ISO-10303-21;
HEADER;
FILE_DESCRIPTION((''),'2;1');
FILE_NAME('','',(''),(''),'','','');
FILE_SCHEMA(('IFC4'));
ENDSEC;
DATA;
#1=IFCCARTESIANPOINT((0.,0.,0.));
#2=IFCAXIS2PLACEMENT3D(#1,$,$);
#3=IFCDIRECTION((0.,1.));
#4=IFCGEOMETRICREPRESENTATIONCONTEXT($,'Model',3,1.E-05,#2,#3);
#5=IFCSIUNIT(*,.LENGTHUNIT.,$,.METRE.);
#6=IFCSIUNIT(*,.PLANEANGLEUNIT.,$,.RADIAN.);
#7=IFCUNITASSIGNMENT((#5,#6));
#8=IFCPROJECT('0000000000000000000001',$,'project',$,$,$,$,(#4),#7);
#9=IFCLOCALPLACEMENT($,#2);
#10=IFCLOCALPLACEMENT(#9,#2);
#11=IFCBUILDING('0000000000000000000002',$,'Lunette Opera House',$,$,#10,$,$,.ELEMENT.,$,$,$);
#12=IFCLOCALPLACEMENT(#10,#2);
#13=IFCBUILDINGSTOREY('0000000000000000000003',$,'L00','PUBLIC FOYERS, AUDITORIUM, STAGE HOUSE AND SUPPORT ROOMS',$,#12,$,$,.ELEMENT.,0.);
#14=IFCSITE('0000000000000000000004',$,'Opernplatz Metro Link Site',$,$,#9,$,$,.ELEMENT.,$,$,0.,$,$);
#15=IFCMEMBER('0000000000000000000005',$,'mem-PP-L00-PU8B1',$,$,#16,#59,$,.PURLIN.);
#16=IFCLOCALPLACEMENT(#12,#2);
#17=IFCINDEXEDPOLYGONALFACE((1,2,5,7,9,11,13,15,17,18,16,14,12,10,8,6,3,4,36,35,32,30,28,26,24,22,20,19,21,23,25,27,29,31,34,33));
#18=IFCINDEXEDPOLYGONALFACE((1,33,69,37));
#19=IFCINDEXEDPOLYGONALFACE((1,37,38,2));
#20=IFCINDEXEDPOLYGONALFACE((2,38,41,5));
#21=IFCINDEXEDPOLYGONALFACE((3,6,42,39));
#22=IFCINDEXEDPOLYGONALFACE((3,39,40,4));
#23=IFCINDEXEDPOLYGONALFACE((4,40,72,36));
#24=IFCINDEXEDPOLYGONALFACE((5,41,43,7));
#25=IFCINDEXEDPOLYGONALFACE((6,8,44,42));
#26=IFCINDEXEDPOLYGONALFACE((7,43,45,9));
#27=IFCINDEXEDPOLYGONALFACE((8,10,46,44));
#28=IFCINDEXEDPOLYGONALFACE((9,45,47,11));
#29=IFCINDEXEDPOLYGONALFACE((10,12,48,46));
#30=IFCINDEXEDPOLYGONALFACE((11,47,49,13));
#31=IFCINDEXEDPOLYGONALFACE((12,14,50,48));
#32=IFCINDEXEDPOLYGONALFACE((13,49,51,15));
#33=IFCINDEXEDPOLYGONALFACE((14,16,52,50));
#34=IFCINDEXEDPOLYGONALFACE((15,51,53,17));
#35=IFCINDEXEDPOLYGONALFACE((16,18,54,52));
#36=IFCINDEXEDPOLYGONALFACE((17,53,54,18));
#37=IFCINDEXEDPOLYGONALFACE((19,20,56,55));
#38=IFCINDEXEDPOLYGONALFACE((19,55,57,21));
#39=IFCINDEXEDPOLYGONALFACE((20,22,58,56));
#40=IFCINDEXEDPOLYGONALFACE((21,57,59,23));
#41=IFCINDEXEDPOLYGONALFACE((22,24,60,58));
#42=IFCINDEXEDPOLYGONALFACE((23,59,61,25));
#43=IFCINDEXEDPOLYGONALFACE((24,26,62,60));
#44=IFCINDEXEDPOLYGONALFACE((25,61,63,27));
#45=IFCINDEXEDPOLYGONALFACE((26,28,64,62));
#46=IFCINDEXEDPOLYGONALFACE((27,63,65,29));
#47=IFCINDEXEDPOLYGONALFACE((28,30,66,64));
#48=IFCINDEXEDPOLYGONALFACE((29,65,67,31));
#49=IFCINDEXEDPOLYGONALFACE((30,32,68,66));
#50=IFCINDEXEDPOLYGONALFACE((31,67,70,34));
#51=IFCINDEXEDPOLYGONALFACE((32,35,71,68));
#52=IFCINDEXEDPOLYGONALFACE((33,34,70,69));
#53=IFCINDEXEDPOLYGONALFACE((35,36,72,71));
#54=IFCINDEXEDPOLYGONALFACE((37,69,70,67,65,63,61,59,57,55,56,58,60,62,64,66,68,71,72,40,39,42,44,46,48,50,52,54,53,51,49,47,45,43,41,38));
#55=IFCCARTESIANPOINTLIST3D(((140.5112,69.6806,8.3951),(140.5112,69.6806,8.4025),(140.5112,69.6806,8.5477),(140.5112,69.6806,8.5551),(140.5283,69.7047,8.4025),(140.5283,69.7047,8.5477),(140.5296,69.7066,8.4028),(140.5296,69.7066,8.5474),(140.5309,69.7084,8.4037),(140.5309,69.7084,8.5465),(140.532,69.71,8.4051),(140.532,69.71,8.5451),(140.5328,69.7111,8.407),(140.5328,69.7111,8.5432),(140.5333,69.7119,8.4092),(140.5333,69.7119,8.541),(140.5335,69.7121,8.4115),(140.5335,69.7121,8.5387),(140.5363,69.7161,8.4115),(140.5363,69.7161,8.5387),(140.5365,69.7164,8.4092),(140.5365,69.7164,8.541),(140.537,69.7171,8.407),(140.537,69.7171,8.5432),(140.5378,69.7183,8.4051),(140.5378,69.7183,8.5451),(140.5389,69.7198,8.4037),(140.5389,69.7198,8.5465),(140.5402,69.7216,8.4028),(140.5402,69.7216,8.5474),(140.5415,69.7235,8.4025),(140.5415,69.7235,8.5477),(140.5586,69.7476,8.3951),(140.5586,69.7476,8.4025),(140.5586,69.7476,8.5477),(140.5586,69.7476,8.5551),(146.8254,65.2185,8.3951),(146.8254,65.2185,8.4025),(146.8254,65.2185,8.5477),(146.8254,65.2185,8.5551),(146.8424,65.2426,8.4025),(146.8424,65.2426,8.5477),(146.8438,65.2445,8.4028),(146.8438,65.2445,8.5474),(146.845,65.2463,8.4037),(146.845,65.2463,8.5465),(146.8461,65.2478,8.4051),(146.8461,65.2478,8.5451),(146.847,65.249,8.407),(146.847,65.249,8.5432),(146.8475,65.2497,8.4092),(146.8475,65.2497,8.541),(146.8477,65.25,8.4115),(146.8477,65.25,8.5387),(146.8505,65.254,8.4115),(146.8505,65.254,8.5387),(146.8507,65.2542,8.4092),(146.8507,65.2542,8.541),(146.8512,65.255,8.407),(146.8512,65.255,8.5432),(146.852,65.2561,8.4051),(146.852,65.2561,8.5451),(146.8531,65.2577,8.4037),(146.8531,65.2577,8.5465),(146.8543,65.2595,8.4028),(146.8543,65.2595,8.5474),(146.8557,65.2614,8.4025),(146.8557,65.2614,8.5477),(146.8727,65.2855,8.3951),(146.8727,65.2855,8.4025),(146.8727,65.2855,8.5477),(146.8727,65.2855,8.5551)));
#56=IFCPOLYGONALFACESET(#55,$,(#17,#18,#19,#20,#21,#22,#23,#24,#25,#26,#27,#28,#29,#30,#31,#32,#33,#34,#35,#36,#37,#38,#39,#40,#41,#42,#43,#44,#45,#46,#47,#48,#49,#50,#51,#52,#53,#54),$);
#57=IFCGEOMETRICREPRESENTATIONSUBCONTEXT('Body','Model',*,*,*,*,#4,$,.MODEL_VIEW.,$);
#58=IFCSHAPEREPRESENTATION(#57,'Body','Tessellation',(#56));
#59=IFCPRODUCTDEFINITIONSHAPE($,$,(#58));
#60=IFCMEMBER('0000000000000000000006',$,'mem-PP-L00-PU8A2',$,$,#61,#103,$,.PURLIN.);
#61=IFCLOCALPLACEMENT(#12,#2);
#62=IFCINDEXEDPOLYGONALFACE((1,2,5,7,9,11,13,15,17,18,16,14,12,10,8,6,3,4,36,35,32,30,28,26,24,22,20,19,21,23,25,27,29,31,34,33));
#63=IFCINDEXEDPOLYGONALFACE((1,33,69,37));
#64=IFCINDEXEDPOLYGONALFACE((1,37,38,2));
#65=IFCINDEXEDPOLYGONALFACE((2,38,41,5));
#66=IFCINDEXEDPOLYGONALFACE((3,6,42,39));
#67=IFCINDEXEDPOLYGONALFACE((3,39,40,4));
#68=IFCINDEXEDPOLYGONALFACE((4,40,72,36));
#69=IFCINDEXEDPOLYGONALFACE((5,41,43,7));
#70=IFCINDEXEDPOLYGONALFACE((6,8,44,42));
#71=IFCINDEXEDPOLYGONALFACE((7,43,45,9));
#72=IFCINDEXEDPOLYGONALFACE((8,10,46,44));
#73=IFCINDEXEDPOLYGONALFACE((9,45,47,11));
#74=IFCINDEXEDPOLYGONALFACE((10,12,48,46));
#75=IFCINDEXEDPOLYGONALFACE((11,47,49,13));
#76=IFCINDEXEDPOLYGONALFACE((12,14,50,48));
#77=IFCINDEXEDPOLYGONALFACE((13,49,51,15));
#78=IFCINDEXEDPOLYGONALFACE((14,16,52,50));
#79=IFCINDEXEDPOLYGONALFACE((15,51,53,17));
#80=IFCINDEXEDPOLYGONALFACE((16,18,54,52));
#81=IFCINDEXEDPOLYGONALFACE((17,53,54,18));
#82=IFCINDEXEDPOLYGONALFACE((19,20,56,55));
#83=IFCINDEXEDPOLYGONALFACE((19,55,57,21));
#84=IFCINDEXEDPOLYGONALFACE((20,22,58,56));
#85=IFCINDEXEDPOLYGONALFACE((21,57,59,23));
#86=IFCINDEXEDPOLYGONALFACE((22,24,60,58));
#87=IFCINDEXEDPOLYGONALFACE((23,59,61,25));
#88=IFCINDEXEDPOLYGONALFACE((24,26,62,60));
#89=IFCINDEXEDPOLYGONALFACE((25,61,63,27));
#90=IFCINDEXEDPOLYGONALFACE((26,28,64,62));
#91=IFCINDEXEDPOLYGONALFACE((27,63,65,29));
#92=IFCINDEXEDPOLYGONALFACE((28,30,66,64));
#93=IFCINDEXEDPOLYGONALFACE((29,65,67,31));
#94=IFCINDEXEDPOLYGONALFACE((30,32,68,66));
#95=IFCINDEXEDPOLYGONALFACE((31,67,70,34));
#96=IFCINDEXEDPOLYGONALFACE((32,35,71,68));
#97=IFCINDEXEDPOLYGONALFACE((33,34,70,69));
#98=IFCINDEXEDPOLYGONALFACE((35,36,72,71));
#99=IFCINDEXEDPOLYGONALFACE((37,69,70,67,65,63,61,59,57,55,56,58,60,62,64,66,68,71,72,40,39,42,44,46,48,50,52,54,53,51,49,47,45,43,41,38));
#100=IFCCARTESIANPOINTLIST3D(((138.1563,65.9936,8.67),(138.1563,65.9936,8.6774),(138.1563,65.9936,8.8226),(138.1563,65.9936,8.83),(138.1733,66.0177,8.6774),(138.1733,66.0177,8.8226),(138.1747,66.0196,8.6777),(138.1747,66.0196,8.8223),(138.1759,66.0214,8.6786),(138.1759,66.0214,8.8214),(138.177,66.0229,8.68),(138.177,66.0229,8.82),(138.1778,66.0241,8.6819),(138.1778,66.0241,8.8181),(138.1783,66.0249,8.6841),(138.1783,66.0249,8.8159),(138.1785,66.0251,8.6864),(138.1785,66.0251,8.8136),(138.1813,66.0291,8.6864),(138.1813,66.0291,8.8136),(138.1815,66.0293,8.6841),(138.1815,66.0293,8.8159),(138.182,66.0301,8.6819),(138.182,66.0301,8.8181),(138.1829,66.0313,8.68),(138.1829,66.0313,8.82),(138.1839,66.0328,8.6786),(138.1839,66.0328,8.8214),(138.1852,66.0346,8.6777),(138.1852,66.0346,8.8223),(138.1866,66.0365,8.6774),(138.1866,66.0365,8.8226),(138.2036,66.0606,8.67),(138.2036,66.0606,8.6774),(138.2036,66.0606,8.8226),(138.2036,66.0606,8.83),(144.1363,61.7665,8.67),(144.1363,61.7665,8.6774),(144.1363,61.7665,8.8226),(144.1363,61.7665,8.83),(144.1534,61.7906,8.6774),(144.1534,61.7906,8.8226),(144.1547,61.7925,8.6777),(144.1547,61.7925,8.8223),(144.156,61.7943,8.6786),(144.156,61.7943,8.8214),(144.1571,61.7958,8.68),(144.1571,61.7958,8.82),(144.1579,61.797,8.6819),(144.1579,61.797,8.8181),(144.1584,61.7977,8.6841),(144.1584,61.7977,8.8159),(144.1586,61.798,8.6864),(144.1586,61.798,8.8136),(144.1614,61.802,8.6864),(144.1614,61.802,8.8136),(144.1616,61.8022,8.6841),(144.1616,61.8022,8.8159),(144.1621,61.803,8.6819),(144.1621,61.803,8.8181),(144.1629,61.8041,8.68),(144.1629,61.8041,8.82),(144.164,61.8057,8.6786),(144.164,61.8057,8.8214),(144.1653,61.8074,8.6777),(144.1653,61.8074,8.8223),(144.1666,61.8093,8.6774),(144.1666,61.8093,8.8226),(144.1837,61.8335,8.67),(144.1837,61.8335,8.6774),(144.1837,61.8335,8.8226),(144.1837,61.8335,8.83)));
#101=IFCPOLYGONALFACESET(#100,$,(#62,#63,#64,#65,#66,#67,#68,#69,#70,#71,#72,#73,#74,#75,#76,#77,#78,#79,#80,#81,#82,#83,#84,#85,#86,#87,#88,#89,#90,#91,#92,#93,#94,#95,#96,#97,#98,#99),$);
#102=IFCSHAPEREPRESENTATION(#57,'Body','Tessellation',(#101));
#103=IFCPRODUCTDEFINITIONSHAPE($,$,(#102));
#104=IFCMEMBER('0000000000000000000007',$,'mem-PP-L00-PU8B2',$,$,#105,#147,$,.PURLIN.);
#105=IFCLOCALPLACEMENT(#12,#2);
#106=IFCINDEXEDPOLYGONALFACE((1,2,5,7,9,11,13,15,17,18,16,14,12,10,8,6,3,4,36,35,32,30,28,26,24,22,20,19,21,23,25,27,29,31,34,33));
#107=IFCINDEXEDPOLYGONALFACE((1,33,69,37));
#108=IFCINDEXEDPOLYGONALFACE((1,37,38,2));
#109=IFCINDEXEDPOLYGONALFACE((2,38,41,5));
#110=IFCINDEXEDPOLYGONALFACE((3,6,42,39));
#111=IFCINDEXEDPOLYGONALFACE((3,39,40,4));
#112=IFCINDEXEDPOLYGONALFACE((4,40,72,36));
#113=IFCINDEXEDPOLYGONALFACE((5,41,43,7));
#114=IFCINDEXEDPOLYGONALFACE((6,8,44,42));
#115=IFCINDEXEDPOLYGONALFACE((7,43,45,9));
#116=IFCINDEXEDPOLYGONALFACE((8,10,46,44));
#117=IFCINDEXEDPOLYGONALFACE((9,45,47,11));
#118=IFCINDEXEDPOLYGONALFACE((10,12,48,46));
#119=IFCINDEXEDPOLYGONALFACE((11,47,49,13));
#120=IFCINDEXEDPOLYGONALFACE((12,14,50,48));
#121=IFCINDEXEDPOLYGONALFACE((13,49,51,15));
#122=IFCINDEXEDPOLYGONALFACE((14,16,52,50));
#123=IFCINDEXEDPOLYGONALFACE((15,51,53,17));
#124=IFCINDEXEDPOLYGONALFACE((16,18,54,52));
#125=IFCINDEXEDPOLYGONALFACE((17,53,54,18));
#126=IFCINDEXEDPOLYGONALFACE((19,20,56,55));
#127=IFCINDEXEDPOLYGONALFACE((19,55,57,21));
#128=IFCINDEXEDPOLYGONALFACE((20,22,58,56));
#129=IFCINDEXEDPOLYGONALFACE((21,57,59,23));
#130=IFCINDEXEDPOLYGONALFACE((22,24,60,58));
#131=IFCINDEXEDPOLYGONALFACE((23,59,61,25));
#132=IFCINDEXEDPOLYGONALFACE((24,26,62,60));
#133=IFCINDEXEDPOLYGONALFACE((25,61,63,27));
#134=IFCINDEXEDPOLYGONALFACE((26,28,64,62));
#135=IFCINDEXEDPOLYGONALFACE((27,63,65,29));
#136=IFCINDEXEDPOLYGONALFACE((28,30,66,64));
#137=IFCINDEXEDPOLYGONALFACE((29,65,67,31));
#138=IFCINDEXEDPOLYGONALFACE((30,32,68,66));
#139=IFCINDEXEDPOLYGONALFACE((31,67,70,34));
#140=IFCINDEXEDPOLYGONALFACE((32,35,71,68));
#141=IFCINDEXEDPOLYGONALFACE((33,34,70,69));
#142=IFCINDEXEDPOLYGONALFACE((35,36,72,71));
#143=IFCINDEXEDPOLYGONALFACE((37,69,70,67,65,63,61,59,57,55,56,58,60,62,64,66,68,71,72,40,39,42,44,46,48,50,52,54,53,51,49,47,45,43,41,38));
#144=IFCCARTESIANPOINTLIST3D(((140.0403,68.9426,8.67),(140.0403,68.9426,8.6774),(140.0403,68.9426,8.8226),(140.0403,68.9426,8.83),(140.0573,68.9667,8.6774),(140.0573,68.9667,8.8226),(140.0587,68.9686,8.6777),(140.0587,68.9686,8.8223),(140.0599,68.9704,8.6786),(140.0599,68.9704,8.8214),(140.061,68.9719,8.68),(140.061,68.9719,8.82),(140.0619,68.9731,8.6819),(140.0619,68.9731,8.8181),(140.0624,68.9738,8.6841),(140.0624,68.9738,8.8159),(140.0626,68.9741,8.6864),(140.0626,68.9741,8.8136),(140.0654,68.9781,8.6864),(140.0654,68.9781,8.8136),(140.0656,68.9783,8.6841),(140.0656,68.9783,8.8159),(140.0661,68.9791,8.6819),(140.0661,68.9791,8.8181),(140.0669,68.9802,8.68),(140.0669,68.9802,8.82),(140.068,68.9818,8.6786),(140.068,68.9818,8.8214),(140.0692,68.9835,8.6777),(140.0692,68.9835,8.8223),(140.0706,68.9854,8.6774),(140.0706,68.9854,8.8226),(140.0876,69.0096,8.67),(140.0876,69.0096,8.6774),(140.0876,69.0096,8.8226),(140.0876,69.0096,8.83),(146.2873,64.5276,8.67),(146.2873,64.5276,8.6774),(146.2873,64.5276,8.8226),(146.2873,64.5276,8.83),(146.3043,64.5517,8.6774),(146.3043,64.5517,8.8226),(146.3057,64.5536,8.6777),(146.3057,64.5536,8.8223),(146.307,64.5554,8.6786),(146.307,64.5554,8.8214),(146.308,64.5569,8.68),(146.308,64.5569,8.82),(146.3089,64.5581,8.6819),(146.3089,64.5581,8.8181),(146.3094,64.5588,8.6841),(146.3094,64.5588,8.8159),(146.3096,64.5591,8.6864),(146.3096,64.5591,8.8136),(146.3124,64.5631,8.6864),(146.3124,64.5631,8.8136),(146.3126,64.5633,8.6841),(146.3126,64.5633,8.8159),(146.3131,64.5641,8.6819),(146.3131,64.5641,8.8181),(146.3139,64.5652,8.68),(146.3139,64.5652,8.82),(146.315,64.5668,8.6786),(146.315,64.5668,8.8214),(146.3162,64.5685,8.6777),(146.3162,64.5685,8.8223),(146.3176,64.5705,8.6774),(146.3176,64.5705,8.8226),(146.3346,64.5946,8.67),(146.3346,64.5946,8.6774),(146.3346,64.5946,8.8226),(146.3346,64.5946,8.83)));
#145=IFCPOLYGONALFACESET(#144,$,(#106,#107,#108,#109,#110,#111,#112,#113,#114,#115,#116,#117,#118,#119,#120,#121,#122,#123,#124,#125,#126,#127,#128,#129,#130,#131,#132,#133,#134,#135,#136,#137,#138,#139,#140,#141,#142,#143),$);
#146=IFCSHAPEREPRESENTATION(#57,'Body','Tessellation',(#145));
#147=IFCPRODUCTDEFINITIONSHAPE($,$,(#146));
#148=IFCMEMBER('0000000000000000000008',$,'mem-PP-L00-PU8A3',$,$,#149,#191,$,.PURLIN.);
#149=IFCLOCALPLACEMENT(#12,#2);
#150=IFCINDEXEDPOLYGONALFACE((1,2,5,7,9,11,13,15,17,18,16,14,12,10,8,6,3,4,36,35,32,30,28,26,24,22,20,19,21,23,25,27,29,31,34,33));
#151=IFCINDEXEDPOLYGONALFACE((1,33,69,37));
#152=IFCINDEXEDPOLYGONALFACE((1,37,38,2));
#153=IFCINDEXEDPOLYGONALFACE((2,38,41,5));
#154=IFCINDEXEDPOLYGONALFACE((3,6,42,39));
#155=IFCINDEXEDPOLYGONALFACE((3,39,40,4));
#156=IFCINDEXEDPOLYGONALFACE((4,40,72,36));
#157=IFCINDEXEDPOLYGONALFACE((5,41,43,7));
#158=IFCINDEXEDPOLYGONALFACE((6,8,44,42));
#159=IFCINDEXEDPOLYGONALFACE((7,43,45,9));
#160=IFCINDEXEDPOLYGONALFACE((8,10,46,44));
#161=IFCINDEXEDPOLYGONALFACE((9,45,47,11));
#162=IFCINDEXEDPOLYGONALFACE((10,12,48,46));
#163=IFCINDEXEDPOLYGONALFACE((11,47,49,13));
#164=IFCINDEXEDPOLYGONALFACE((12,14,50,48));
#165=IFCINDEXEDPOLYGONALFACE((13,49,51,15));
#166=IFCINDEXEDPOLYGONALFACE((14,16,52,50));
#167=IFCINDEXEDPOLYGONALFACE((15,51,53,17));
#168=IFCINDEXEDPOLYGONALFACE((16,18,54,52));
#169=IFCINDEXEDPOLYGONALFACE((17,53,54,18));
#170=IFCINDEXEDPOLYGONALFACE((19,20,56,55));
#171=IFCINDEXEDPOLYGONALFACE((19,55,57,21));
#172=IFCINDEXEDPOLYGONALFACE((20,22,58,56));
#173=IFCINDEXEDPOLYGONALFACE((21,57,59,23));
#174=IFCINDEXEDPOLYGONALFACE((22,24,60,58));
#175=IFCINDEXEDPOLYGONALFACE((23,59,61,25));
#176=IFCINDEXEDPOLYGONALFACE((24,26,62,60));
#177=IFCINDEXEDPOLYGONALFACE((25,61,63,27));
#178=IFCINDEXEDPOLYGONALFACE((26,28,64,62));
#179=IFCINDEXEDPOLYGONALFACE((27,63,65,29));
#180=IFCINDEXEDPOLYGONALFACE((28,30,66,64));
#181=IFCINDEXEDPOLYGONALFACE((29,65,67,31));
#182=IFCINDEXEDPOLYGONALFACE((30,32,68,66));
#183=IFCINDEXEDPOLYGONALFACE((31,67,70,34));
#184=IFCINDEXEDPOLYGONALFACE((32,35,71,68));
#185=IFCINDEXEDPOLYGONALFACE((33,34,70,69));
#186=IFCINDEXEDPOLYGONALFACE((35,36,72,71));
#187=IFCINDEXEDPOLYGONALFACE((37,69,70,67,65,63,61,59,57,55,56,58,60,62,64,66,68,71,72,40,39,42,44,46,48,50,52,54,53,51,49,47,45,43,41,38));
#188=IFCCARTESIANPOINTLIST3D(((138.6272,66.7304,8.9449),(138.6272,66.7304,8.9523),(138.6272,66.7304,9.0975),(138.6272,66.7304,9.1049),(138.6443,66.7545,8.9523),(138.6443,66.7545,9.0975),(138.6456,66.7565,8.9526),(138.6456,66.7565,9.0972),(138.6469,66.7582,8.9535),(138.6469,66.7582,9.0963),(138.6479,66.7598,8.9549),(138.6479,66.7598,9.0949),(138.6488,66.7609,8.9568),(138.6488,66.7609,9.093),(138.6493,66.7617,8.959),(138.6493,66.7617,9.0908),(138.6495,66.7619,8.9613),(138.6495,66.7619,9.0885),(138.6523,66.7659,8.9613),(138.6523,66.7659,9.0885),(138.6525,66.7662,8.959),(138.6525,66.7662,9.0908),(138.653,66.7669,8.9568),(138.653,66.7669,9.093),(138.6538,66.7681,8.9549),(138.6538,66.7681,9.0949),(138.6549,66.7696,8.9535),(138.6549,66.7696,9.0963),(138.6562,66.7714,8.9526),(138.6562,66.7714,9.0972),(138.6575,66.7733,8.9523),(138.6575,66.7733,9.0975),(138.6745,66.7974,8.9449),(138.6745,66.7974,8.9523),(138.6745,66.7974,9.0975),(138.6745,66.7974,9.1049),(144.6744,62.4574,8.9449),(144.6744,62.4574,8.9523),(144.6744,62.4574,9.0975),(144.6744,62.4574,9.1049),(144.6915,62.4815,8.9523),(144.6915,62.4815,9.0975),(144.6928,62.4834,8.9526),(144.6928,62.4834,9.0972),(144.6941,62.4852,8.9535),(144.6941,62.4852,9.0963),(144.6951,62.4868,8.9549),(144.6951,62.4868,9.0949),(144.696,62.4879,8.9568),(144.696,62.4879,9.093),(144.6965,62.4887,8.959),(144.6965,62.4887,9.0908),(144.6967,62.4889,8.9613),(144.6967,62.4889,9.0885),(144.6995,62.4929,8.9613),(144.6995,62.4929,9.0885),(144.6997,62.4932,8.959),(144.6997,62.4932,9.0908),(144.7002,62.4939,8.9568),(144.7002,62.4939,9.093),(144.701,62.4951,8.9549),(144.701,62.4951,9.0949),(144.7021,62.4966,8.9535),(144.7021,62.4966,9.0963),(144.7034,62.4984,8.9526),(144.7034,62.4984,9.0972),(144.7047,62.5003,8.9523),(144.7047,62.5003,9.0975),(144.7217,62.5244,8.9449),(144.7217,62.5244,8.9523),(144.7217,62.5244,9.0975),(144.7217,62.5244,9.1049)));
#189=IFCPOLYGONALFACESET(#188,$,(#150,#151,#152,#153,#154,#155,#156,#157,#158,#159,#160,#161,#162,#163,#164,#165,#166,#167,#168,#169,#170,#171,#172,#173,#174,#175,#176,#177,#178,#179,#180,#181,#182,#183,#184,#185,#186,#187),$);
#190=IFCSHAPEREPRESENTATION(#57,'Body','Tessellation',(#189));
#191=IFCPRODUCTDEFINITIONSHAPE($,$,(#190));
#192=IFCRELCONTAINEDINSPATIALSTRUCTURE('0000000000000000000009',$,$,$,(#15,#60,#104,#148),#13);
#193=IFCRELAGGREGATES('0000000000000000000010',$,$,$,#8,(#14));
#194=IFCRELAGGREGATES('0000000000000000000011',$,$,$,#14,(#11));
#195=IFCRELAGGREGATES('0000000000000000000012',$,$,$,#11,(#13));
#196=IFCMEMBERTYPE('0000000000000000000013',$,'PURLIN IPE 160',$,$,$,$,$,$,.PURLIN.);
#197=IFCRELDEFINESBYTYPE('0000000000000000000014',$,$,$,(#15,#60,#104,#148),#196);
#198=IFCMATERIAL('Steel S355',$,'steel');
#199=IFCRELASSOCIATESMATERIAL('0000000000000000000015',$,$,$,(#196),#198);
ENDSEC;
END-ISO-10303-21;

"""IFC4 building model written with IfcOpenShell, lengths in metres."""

from ifc_helpers import new_model, si_unit, direction, frame, origin, origin_2d, place, context, subcontext, project, spatial, i_section, extrude, material, material_profile, profile_set, type_object, element, save


model = new_model("IFC4")

# Units and contexts
model_context = context("Model", 3, precision=1e-05, world=origin(), true_north=direction((0.0, 1.0)))
body_context = subcontext(model_context, "Body", "Model", "MODEL_VIEW")
ifc_project = project(units=[si_unit("LENGTHUNIT", "METRE"), si_unit("PLANEANGLEUNIT", "RADIAN")], contexts=[model_context])

# Site, building, storey
site_placement = place(None, origin())
site = spatial("IfcSite", under=ifc_project, at=site_placement, Name="Opernplatz Metro Link Site", CompositionType="ELEMENT", RefElevation=0.0)
building_placement = place(site_placement, origin())
building = spatial("IfcBuilding", under=site, at=building_placement, Name="Lunette Opera House", CompositionType="ELEMENT")
storey_placement = place(building_placement, origin())
storey = spatial("IfcBuildingStorey", under=building, at=storey_placement, Name="L00", Description="PUBLIC FOYERS, AUDITORIUM, STAGE HOUSE AND SUPPORT ROOMS", CompositionType="ELEMENT", Elevation=0.0)

# Members
ifc_material_1 = material(Name="Steel S355", Category="steel")
ifc_material_profile_1 = material_profile(ifc_material_1, i_section(OverallWidth=0.082, OverallDepth=0.1599, WebThickness=0.0049, FlangeThickness=0.0073, FilletRadius=0.009, at=origin_2d()), Name="IPE 160")
ifc_profile_set_1 = profile_set([ifc_material_profile_1], Name="Steel S355")
member_type_1 = type_object("IfcMemberType", Name="PURLIN IPE 160", PredefinedType="PURLIN", material=ifc_profile_set_1)
member_1_placement = place(storey_placement, frame((140.5349, 69.7141, 8.4751), z_axis=(0.816659, -0.577121, 0.0), x_axis=(0.577121, 0.816659, 0.0)))
element("IfcMember", 1, at=member_1_placement, inside=storey, type_object=member_type_1, Name="mem-PP-L00-PU8B1", PredefinedType="PURLIN", context=body_context, shape_type="SweptSolid", body=[
    extrude(i_section(OverallWidth=0.082, OverallDepth=0.1599, WebThickness=0.0049, FlangeThickness=0.0073, FilletRadius=0.009, at=origin_2d()), origin(), (0.0, 0.0, 1.0), 7.7317),
])
member_2_placement = place(storey_placement, frame((138.1799, 66.0271, 8.75), z_axis=(0.816589, -0.57722, 0.0), x_axis=(0.57722, 0.816589, 0.0)))
element("IfcMember", 2, at=member_2_placement, inside=storey, type_object=member_type_1, Name="mem-PP-L00-PU8A2", PredefinedType="PURLIN", context=body_context, shape_type="SweptSolid", body=[
    extrude(i_section(OverallWidth=0.082, OverallDepth=0.1599, WebThickness=0.0049, FlangeThickness=0.0073, FilletRadius=0.009, at=origin_2d()), origin(), (0.0, 0.0, 1.0), 7.3232),
])
member_3_placement = place(storey_placement, frame((140.064, 68.9761, 8.75), z_axis=(0.816639, -0.577149, 0.0), x_axis=(0.577149, 0.816639, 0.0)))
element("IfcMember", 3, at=member_3_placement, inside=storey, type_object=member_type_1, Name="mem-PP-L00-PU8B2", PredefinedType="PURLIN", context=body_context, shape_type="SweptSolid", body=[
    extrude(i_section(OverallWidth=0.082, OverallDepth=0.1599, WebThickness=0.0049, FlangeThickness=0.0073, FilletRadius=0.009, at=origin_2d()), origin(), (0.0, 0.0, 1.0), 7.6497),
])
member_4_placement = place(storey_placement, frame((138.6509, 66.7639, 9.0249), z_axis=(0.816688, -0.577079, 0.0), x_axis=(0.577079, 0.816688, 0.0)))
element("IfcMember", 4, at=member_4_placement, inside=storey, type_object=member_type_1, Name="mem-PP-L00-PU8A3", PredefinedType="PURLIN", context=body_context, shape_type="SweptSolid", body=[
    extrude(i_section(OverallWidth=0.082, OverallDepth=0.1599, WebThickness=0.0049, FlangeThickness=0.0073, FilletRadius=0.009, at=origin_2d()), origin(), (0.0, 0.0, 1.0), 7.4045),
])

save(model, "model.ifc")
